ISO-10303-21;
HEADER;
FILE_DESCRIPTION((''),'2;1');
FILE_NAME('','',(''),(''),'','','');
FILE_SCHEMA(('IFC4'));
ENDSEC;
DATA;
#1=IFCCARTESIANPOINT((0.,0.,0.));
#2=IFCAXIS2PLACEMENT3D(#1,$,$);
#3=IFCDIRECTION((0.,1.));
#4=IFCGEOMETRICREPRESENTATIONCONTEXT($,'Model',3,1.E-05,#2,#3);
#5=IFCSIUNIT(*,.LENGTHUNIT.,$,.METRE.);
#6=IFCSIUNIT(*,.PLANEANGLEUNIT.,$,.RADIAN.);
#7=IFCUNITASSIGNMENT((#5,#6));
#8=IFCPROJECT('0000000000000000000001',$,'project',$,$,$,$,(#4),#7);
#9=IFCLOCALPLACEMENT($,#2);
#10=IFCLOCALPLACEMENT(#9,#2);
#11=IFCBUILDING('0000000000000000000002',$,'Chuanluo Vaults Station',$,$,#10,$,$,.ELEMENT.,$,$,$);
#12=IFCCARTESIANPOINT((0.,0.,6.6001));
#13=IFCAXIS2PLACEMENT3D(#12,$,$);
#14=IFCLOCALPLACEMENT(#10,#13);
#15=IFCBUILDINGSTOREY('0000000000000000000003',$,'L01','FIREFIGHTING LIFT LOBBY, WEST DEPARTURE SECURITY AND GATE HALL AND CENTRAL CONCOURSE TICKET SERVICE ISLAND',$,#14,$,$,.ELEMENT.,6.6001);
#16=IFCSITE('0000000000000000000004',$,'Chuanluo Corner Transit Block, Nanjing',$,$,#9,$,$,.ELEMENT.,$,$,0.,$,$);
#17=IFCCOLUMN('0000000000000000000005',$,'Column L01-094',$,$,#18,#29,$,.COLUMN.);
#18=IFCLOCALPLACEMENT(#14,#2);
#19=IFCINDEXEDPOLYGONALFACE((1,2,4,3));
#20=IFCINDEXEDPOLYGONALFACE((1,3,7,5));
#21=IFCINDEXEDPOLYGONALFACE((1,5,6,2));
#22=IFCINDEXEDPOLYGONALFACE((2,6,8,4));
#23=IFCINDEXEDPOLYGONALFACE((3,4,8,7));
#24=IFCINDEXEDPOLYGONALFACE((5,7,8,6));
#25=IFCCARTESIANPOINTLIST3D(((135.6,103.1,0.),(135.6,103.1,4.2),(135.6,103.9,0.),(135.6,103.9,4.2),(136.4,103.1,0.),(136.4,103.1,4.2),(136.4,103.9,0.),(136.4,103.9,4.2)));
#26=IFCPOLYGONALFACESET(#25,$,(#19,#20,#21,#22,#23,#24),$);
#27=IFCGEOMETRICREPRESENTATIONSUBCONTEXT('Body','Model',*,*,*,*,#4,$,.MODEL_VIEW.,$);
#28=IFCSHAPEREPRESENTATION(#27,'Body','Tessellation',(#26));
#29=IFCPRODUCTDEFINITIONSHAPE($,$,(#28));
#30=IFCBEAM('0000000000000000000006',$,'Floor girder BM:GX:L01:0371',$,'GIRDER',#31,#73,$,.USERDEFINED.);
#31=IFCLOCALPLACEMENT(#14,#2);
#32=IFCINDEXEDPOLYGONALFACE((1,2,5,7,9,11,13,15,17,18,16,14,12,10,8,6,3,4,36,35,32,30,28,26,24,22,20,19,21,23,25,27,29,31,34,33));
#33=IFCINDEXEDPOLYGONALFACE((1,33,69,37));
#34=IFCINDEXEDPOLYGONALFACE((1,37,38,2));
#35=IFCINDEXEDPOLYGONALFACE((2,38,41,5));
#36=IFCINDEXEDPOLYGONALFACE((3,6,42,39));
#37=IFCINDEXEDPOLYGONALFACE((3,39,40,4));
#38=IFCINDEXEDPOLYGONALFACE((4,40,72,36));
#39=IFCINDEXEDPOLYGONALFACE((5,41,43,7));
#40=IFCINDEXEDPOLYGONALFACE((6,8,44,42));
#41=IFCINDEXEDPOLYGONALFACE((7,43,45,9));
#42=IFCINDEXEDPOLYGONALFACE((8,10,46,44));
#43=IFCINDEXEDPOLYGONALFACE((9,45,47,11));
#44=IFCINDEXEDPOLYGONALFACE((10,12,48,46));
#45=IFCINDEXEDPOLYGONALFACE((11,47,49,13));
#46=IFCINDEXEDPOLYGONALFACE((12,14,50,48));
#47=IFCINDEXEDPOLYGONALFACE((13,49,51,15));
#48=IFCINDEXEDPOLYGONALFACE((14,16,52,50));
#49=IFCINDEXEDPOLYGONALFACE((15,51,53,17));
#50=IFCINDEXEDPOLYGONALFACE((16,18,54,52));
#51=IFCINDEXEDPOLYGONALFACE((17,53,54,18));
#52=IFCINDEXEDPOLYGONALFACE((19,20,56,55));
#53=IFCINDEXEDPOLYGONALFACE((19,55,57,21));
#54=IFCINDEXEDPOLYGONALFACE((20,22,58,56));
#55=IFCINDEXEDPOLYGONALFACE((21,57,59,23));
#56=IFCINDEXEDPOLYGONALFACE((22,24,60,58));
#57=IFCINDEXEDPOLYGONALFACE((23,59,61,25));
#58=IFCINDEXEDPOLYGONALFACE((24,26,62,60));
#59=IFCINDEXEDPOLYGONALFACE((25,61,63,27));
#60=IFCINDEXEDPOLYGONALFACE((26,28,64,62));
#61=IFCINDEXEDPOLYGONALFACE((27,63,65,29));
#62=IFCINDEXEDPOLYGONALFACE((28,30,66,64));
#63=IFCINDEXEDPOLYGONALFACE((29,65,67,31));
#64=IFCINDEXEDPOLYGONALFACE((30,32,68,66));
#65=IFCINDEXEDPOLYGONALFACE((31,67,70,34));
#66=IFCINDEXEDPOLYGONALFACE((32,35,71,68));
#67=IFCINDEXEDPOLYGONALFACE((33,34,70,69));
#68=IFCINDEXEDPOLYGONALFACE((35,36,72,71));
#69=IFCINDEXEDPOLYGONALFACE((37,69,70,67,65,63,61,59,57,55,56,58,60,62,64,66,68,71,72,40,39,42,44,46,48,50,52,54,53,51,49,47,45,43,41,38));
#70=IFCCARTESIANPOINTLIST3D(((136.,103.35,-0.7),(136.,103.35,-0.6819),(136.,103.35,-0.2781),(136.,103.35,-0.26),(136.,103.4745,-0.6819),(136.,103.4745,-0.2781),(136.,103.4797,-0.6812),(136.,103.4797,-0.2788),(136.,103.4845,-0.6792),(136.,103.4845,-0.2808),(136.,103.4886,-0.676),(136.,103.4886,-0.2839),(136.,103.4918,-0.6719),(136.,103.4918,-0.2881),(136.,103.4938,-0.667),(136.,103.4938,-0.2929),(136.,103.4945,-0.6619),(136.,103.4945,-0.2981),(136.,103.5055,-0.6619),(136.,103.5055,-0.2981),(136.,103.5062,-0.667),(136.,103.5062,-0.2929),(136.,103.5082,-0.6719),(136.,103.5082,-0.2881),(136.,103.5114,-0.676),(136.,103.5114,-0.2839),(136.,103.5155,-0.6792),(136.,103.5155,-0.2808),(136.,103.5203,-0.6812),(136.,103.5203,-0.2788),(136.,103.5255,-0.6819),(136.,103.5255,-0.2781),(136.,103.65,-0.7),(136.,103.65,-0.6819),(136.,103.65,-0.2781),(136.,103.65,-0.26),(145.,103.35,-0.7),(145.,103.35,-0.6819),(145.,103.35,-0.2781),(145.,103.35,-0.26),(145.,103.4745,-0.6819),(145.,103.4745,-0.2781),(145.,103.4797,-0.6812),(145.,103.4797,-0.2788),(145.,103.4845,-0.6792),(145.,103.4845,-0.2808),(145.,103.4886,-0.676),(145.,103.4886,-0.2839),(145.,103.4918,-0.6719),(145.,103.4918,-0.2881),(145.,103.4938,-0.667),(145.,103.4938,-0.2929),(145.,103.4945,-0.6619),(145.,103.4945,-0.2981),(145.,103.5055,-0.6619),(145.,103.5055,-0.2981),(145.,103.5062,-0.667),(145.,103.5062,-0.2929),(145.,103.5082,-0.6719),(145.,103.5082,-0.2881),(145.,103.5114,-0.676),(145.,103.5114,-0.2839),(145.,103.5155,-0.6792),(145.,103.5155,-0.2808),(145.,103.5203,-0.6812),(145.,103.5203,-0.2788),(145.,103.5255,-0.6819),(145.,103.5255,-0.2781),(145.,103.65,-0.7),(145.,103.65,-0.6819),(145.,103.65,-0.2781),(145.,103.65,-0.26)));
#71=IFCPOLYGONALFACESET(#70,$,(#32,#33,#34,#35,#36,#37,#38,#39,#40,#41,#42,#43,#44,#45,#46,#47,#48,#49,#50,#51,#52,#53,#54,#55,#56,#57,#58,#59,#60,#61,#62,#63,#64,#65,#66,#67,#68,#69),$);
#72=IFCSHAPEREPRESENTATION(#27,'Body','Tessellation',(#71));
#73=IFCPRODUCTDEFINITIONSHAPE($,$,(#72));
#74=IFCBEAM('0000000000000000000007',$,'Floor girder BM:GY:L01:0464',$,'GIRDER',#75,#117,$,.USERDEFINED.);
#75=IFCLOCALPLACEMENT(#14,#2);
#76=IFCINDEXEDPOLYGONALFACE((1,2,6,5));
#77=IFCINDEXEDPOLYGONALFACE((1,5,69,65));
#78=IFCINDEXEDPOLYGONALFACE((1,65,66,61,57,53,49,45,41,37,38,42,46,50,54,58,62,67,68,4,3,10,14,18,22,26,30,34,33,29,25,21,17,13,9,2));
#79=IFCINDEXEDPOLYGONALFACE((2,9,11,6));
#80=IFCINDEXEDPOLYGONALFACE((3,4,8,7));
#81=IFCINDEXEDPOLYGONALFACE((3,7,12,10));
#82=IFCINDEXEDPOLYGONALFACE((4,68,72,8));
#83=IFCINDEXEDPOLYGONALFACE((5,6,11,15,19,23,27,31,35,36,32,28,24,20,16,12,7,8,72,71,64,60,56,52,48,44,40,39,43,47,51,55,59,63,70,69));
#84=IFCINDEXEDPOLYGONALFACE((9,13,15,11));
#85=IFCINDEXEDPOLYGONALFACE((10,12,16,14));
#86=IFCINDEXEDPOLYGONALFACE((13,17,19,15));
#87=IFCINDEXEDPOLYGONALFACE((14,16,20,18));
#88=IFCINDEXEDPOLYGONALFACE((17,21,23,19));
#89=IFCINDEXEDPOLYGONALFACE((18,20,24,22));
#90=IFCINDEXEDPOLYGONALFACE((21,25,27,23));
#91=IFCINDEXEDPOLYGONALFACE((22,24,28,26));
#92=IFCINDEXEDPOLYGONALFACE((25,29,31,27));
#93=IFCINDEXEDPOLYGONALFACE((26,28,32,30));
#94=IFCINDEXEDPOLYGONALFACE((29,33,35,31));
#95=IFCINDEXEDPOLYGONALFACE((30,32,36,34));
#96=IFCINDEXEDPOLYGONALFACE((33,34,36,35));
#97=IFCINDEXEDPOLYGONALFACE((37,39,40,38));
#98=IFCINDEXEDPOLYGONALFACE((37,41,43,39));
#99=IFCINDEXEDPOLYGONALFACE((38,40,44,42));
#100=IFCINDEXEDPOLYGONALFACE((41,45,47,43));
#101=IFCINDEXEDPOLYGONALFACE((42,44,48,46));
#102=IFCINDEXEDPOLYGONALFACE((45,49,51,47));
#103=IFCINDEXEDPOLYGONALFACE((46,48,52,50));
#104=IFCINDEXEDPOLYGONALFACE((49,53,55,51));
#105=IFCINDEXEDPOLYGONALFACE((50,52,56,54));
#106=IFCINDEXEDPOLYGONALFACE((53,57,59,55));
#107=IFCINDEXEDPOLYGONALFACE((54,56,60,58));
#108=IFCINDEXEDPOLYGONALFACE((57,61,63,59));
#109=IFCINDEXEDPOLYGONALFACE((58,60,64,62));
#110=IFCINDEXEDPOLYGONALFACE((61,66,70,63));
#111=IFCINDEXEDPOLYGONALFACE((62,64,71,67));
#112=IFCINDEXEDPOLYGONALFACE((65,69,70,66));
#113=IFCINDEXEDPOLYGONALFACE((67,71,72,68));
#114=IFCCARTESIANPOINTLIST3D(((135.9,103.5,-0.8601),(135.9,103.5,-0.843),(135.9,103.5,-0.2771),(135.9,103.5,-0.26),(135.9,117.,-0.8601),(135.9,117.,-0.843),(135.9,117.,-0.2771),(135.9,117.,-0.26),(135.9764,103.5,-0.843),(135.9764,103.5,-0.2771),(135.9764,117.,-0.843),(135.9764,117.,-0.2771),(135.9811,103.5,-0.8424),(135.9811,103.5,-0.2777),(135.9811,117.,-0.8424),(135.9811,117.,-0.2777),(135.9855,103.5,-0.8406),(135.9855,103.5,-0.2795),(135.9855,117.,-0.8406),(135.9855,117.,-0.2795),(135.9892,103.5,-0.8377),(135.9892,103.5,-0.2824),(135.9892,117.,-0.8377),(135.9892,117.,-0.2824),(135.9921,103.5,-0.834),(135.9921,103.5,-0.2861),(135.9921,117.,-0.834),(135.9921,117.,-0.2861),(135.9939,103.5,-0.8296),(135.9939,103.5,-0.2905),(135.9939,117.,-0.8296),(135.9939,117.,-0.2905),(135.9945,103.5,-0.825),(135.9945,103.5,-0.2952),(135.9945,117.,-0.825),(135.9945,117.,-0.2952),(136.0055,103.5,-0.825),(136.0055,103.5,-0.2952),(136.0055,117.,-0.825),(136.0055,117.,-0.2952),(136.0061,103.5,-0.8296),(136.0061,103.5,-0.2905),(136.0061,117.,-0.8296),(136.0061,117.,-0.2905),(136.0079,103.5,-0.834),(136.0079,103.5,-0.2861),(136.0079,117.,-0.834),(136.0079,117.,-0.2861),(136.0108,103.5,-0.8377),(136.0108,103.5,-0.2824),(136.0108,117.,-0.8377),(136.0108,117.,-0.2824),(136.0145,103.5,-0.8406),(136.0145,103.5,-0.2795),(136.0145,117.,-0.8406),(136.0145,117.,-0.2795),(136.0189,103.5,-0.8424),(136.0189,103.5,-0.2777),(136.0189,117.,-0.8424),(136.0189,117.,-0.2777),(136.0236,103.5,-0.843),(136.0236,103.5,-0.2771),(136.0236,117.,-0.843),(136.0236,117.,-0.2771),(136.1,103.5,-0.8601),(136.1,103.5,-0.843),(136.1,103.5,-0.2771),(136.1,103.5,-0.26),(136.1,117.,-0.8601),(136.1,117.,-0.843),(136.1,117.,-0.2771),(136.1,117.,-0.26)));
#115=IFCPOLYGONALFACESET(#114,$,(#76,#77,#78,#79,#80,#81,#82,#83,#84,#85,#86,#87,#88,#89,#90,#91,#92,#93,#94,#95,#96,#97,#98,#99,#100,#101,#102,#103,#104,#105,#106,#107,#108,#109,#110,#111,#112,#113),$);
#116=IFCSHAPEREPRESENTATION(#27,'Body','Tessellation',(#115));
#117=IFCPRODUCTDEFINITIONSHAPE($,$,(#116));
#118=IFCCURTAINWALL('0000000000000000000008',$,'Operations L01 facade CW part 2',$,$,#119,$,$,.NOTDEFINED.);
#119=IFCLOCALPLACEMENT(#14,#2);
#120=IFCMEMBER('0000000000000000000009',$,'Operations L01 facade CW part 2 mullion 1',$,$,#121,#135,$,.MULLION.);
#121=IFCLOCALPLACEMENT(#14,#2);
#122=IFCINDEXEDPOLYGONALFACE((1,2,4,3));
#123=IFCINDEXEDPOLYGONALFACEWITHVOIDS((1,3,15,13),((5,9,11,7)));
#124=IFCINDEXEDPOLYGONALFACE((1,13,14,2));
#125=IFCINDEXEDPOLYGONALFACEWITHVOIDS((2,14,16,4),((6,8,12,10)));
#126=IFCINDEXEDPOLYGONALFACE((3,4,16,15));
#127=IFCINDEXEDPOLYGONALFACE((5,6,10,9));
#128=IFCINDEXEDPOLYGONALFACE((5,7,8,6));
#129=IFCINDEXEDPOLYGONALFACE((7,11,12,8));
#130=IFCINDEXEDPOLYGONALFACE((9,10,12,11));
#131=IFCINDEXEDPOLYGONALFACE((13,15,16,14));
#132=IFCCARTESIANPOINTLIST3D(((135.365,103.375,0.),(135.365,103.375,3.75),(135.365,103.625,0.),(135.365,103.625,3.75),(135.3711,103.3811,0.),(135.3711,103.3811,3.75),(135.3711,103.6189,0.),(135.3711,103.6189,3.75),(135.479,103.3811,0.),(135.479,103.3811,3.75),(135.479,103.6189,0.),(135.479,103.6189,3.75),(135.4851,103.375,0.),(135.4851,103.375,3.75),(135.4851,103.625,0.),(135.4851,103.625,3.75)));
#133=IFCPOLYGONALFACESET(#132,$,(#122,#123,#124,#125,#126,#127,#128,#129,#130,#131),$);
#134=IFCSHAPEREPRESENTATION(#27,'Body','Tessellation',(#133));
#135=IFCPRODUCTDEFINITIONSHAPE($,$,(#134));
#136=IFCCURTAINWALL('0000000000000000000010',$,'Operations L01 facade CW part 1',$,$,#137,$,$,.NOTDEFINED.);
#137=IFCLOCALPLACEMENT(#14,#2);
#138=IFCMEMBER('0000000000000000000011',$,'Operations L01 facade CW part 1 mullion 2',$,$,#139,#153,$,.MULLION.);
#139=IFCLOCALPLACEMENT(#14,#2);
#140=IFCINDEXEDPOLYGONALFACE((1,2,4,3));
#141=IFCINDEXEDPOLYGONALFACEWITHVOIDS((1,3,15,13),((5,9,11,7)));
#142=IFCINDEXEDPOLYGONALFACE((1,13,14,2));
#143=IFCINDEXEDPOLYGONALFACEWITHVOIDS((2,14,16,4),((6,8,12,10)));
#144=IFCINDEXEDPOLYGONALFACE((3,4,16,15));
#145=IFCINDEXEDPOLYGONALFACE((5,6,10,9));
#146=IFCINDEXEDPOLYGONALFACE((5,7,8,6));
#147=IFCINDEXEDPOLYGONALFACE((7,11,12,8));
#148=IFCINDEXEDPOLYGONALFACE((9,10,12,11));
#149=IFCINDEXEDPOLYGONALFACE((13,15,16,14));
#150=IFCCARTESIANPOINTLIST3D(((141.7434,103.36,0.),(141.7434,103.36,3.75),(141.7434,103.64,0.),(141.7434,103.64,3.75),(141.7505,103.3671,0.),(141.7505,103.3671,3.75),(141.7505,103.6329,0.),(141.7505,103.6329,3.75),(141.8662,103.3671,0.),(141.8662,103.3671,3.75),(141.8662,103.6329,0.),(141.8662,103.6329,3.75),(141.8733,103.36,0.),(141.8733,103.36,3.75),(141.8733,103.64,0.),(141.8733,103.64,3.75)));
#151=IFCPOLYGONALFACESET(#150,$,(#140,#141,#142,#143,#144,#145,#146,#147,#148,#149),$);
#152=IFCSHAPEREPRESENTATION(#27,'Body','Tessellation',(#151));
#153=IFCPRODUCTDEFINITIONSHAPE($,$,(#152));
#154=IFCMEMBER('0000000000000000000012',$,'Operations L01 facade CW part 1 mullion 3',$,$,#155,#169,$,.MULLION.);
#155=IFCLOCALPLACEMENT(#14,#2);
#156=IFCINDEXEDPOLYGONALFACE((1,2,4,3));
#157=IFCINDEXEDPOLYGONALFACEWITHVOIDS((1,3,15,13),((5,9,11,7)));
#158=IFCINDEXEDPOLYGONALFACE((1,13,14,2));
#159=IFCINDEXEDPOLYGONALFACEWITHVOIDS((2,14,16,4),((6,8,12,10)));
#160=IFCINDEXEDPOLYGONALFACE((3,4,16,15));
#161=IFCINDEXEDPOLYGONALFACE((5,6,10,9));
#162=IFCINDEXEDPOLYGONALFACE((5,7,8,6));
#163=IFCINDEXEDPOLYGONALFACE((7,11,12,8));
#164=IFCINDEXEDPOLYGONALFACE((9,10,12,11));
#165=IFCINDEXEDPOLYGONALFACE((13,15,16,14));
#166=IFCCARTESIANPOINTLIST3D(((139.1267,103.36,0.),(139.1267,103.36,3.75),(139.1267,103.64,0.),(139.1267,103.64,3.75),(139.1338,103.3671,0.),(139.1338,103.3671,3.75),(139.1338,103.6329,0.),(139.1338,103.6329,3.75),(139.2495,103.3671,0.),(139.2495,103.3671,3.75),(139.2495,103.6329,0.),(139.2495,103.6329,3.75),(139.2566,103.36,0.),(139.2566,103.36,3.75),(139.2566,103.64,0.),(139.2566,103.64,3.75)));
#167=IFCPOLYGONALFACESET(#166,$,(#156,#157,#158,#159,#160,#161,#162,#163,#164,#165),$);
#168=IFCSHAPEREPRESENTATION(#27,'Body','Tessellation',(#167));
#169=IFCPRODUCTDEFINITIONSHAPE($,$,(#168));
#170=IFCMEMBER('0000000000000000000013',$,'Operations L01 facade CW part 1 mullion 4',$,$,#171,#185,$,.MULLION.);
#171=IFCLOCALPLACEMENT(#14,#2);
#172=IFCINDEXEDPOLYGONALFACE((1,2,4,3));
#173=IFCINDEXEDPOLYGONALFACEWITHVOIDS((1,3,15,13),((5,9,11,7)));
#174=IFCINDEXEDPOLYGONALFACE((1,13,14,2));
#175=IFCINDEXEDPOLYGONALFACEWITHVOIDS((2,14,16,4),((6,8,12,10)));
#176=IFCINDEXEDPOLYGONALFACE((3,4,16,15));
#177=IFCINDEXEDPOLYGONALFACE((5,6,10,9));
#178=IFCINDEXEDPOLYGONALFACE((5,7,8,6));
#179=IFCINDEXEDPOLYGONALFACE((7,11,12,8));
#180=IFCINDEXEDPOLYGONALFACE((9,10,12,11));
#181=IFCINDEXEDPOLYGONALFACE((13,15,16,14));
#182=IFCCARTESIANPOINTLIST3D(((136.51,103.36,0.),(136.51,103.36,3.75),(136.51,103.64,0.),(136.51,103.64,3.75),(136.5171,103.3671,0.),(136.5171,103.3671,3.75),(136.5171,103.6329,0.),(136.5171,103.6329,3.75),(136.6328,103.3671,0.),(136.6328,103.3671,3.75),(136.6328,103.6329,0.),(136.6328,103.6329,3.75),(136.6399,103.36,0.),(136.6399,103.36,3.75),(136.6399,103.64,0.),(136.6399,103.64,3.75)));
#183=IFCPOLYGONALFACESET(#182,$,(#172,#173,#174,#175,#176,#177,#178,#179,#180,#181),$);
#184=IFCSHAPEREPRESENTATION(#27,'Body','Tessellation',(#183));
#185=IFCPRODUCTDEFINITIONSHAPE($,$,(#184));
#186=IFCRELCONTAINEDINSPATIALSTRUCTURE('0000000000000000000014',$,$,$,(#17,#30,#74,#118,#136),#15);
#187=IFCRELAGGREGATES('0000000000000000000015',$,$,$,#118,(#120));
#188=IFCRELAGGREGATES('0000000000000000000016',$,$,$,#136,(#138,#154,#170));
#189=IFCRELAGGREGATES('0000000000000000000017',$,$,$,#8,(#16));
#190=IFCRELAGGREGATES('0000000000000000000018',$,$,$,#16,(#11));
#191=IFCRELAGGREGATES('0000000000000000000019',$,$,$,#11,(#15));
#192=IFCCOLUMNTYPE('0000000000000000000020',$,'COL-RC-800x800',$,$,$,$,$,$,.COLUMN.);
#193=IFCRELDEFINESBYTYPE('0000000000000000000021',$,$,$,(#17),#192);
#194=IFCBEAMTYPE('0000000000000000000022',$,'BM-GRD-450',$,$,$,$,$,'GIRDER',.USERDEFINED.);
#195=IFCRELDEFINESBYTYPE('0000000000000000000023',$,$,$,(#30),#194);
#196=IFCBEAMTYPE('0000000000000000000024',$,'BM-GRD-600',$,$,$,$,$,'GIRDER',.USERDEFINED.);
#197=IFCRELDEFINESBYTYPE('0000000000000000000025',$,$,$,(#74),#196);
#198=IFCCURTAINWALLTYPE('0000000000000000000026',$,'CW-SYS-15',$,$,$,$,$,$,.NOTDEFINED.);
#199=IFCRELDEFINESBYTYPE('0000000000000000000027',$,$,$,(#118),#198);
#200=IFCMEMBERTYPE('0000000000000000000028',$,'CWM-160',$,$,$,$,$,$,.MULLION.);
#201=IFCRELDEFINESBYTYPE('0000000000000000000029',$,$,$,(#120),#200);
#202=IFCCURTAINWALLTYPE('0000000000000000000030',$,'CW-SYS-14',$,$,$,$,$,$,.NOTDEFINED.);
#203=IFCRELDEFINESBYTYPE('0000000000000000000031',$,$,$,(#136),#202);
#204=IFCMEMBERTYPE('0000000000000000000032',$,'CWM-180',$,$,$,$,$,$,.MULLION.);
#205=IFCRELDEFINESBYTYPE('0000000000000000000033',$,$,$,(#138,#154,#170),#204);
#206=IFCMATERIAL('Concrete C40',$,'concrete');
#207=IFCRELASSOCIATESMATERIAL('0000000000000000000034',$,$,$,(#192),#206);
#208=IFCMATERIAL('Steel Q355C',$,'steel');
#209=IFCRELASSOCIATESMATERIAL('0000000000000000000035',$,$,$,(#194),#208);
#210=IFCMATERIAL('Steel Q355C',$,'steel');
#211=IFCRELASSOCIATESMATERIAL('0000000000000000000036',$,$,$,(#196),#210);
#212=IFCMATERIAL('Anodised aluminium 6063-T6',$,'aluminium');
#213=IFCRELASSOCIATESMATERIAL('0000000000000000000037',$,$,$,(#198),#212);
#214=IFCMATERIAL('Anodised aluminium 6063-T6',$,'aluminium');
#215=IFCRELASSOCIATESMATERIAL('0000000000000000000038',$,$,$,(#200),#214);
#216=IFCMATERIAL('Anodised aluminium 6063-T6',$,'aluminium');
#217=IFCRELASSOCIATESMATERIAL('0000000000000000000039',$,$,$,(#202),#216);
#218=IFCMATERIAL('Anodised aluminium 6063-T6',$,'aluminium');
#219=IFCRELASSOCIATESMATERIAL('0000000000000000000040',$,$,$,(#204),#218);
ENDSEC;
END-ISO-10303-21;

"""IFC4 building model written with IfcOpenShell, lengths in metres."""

from ifc_helpers import new_model, si_unit, direction, frame, origin, origin_2d, place, context, subcontext, project, spatial, rectangle, hollow_rectangle, i_section, extrude, material, material_profile, profile_set, type_object, element, aggregate, save


model = new_model("IFC4")

# Units and contexts
model_context = context("Model", 3, precision=1e-05, world=origin(), true_north=direction((0.0, 1.0)))
body_context = subcontext(model_context, "Body", "Model", "MODEL_VIEW")
ifc_project = project(units=[si_unit("LENGTHUNIT", "METRE"), si_unit("PLANEANGLEUNIT", "RADIAN")], contexts=[model_context])

# Site, building, storey
site_placement = place(None, origin())
site = spatial("IfcSite", under=ifc_project, at=site_placement, Name="Chuanluo Corner Transit Block, Nanjing", CompositionType="ELEMENT", RefElevation=0.0)
building_placement = place(site_placement, origin())
building = spatial("IfcBuilding", under=site, at=building_placement, Name="Chuanluo Vaults Station", CompositionType="ELEMENT")
storey_placement = place(building_placement, frame((0.0, 0.0, 6.6001)))
storey = spatial("IfcBuildingStorey", under=building, at=storey_placement, Name="L01", Description="FIREFIGHTING LIFT LOBBY, WEST DEPARTURE SECURITY AND GATE HALL AND CENTRAL CONCOURSE TICKET SERVICE ISLAND", CompositionType="ELEMENT", Elevation=6.6001)

# Column
ifc_material_1 = material(Name="Concrete C40", Category="concrete")
ifc_material_profile_1 = material_profile(ifc_material_1, rectangle(XDim=0.8, YDim=0.8, at=origin_2d()))
ifc_profile_set_1 = profile_set([ifc_material_profile_1], Name="Concrete C40")
column_type = type_object("IfcColumnType", Name="COL-RC-800x800", PredefinedType="COLUMN", material=ifc_profile_set_1)
column_placement = place(storey_placement, frame((136.0, 103.5, 0.0), z_axis=(0.0, 0.0, 1.0), x_axis=(1.0, 0.0, 0.0)))
element("IfcColumn", 1, at=column_placement, inside=storey, type_object=column_type, Name="Column L01-094", PredefinedType="COLUMN", context=body_context, shape_type="SweptSolid", body=[
    extrude(rectangle(XDim=0.8, YDim=0.8, at=origin_2d()), origin(), (0.0, 0.0, 1.0), 4.2),
])

# Beams
ifc_material_2 = material(Name="Steel Q355C", Category="steel")
ifc_material_profile_2 = material_profile(ifc_material_2, i_section(OverallWidth=0.3, OverallDepth=0.4399, WebThickness=0.011, FlangeThickness=0.0181, FilletRadius=0.02, at=origin_2d()))
ifc_profile_set_2 = profile_set([ifc_material_profile_2], Name="Steel Q355C")
beam_type_1 = type_object("IfcBeamType", Name="BM-GRD-450", ElementType="GIRDER", PredefinedType="USERDEFINED", material=ifc_profile_set_2)
beam_1_placement = place(storey_placement, frame((136.0, 103.5, -0.48), z_axis=(1.0, 0.0, 0.0), x_axis=(0.0, 1.0, 0.0)))
element("IfcBeam", 2, at=beam_1_placement, inside=storey, type_object=beam_type_1, Name="Floor girder BM:GX:L01:0371", ObjectType="GIRDER", PredefinedType="USERDEFINED", context=body_context, shape_type="SweptSolid", body=[
    extrude(i_section(OverallWidth=0.3, OverallDepth=0.4399, WebThickness=0.011, FlangeThickness=0.0181, FilletRadius=0.02, at=origin_2d()), origin(), (0.0, 0.0, 1.0), 9.0),
])
ifc_material_3 = material(Name="Steel Q355C", Category="steel")
ifc_material_profile_3 = material_profile(ifc_material_3, i_section(OverallWidth=0.2, OverallDepth=0.6001, WebThickness=0.011, FlangeThickness=0.0171, FilletRadius=0.0181, at=origin_2d()))
ifc_profile_set_3 = profile_set([ifc_material_profile_3], Name="Steel Q355C")
beam_type_2 = type_object("IfcBeamType", Name="BM-GRD-600", ElementType="GIRDER", PredefinedType="USERDEFINED", material=ifc_profile_set_3)
beam_2_placement = place(storey_placement, frame((136.0, 103.5, -0.5601), z_axis=(0.0, 1.0, 0.0), x_axis=(-1.0, 0.0, 0.0)))
element("IfcBeam", 3, at=beam_2_placement, inside=storey, type_object=beam_type_2, Name="Floor girder BM:GY:L01:0464", ObjectType="GIRDER", PredefinedType="USERDEFINED", context=body_context, shape_type="SweptSolid", body=[
    extrude(i_section(OverallWidth=0.2, OverallDepth=0.6001, WebThickness=0.011, FlangeThickness=0.0171, FilletRadius=0.0181, at=origin_2d()), origin(), (0.0, 0.0, 1.0), 13.5),
])

# Curtain wall, member
ifc_material_4 = material(Name="Anodised aluminium 6063-T6", Category="aluminium")
curtain_wall_type_1 = type_object("IfcCurtainWallType", Name="CW-SYS-15", PredefinedType="NOTDEFINED", material=ifc_material_4)
curtain_wall_1_placement = place(storey_placement, origin())
curtain_wall_1 = element("IfcCurtainWall", 4, at=curtain_wall_1_placement, inside=storey, type_object=curtain_wall_type_1, Name="Operations L01 facade CW part 2", PredefinedType="NOTDEFINED")
ifc_material_5 = material(Name="Anodised aluminium 6063-T6", Category="aluminium")
ifc_material_profile_4 = material_profile(ifc_material_5, hollow_rectangle(XDim=0.1201, YDim=0.25, WallThickness=0.0061, at=origin_2d()))
ifc_profile_set_4 = profile_set([ifc_material_profile_4], Name="Anodised aluminium 6063-T6")
member_type_1 = type_object("IfcMemberType", Name="CWM-160", PredefinedType="MULLION", material=ifc_profile_set_4)
member_1_placement = place(storey_placement, frame((135.425, 103.5, 0.0), z_axis=(0.0, 0.0, 1.0), x_axis=(-1.0, 0.0, 0.0)))
member_1 = element("IfcMember", 5, at=member_1_placement, type_object=member_type_1, Name="Operations L01 facade CW part 2 mullion 1", PredefinedType="MULLION", context=body_context, shape_type="SweptSolid", body=[
    extrude(hollow_rectangle(XDim=0.1201, YDim=0.25, WallThickness=0.0061, at=origin_2d()), origin(), (0.0, 0.0, 1.0), 3.75),
])

# Curtain wall, members
ifc_material_6 = material(Name="Anodised aluminium 6063-T6", Category="aluminium")
curtain_wall_type_2 = type_object("IfcCurtainWallType", Name="CW-SYS-14", PredefinedType="NOTDEFINED", material=ifc_material_6)
curtain_wall_2_placement = place(storey_placement, origin())
curtain_wall_2 = element("IfcCurtainWall", 6, at=curtain_wall_2_placement, inside=storey, type_object=curtain_wall_type_2, Name="Operations L01 facade CW part 1", PredefinedType="NOTDEFINED")
ifc_material_7 = material(Name="Anodised aluminium 6063-T6", Category="aluminium")
ifc_material_profile_5 = material_profile(ifc_material_7, hollow_rectangle(XDim=0.1299, YDim=0.28, WallThickness=0.0071, at=origin_2d()))
ifc_profile_set_5 = profile_set([ifc_material_profile_5], Name="Anodised aluminium 6063-T6")
member_type_2 = type_object("IfcMemberType", Name="CWM-180", PredefinedType="MULLION", material=ifc_profile_set_5)
member_2_placement = place(storey_placement, frame((141.8083, 103.5, 0.0), z_axis=(0.0, 0.0, 1.0), x_axis=(-1.0, 0.0, 0.0)))
member_2 = element("IfcMember", 7, at=member_2_placement, type_object=member_type_2, Name="Operations L01 facade CW part 1 mullion 2", PredefinedType="MULLION", context=body_context, shape_type="SweptSolid", body=[
    extrude(hollow_rectangle(XDim=0.1299, YDim=0.28, WallThickness=0.0071, at=origin_2d()), origin(), (0.0, 0.0, 1.0), 3.75),
])
member_3_placement = place(storey_placement, frame((139.1917, 103.5, 0.0), z_axis=(0.0, 0.0, 1.0), x_axis=(-1.0, 0.0, 0.0)))
member_3 = element("IfcMember", 8, at=member_3_placement, type_object=member_type_2, Name="Operations L01 facade CW part 1 mullion 3", PredefinedType="MULLION", context=body_context, shape_type="SweptSolid", body=[
    extrude(hollow_rectangle(XDim=0.1299, YDim=0.28, WallThickness=0.0071, at=origin_2d()), origin(), (0.0, 0.0, 1.0), 3.75),
])
member_4_placement = place(storey_placement, frame((136.575, 103.5, 0.0), z_axis=(0.0, 0.0, 1.0), x_axis=(-1.0, 0.0, 0.0)))
member_4 = element("IfcMember", 9, at=member_4_placement, type_object=member_type_2, Name="Operations L01 facade CW part 1 mullion 4", PredefinedType="MULLION", context=body_context, shape_type="SweptSolid", body=[
    extrude(hollow_rectangle(XDim=0.1299, YDim=0.28, WallThickness=0.0071, at=origin_2d()), origin(), (0.0, 0.0, 1.0), 3.75),
])

aggregate(curtain_wall_1, [member_1])
aggregate(curtain_wall_2, [member_2, member_3, member_4])

save(model, "model.ifc")
